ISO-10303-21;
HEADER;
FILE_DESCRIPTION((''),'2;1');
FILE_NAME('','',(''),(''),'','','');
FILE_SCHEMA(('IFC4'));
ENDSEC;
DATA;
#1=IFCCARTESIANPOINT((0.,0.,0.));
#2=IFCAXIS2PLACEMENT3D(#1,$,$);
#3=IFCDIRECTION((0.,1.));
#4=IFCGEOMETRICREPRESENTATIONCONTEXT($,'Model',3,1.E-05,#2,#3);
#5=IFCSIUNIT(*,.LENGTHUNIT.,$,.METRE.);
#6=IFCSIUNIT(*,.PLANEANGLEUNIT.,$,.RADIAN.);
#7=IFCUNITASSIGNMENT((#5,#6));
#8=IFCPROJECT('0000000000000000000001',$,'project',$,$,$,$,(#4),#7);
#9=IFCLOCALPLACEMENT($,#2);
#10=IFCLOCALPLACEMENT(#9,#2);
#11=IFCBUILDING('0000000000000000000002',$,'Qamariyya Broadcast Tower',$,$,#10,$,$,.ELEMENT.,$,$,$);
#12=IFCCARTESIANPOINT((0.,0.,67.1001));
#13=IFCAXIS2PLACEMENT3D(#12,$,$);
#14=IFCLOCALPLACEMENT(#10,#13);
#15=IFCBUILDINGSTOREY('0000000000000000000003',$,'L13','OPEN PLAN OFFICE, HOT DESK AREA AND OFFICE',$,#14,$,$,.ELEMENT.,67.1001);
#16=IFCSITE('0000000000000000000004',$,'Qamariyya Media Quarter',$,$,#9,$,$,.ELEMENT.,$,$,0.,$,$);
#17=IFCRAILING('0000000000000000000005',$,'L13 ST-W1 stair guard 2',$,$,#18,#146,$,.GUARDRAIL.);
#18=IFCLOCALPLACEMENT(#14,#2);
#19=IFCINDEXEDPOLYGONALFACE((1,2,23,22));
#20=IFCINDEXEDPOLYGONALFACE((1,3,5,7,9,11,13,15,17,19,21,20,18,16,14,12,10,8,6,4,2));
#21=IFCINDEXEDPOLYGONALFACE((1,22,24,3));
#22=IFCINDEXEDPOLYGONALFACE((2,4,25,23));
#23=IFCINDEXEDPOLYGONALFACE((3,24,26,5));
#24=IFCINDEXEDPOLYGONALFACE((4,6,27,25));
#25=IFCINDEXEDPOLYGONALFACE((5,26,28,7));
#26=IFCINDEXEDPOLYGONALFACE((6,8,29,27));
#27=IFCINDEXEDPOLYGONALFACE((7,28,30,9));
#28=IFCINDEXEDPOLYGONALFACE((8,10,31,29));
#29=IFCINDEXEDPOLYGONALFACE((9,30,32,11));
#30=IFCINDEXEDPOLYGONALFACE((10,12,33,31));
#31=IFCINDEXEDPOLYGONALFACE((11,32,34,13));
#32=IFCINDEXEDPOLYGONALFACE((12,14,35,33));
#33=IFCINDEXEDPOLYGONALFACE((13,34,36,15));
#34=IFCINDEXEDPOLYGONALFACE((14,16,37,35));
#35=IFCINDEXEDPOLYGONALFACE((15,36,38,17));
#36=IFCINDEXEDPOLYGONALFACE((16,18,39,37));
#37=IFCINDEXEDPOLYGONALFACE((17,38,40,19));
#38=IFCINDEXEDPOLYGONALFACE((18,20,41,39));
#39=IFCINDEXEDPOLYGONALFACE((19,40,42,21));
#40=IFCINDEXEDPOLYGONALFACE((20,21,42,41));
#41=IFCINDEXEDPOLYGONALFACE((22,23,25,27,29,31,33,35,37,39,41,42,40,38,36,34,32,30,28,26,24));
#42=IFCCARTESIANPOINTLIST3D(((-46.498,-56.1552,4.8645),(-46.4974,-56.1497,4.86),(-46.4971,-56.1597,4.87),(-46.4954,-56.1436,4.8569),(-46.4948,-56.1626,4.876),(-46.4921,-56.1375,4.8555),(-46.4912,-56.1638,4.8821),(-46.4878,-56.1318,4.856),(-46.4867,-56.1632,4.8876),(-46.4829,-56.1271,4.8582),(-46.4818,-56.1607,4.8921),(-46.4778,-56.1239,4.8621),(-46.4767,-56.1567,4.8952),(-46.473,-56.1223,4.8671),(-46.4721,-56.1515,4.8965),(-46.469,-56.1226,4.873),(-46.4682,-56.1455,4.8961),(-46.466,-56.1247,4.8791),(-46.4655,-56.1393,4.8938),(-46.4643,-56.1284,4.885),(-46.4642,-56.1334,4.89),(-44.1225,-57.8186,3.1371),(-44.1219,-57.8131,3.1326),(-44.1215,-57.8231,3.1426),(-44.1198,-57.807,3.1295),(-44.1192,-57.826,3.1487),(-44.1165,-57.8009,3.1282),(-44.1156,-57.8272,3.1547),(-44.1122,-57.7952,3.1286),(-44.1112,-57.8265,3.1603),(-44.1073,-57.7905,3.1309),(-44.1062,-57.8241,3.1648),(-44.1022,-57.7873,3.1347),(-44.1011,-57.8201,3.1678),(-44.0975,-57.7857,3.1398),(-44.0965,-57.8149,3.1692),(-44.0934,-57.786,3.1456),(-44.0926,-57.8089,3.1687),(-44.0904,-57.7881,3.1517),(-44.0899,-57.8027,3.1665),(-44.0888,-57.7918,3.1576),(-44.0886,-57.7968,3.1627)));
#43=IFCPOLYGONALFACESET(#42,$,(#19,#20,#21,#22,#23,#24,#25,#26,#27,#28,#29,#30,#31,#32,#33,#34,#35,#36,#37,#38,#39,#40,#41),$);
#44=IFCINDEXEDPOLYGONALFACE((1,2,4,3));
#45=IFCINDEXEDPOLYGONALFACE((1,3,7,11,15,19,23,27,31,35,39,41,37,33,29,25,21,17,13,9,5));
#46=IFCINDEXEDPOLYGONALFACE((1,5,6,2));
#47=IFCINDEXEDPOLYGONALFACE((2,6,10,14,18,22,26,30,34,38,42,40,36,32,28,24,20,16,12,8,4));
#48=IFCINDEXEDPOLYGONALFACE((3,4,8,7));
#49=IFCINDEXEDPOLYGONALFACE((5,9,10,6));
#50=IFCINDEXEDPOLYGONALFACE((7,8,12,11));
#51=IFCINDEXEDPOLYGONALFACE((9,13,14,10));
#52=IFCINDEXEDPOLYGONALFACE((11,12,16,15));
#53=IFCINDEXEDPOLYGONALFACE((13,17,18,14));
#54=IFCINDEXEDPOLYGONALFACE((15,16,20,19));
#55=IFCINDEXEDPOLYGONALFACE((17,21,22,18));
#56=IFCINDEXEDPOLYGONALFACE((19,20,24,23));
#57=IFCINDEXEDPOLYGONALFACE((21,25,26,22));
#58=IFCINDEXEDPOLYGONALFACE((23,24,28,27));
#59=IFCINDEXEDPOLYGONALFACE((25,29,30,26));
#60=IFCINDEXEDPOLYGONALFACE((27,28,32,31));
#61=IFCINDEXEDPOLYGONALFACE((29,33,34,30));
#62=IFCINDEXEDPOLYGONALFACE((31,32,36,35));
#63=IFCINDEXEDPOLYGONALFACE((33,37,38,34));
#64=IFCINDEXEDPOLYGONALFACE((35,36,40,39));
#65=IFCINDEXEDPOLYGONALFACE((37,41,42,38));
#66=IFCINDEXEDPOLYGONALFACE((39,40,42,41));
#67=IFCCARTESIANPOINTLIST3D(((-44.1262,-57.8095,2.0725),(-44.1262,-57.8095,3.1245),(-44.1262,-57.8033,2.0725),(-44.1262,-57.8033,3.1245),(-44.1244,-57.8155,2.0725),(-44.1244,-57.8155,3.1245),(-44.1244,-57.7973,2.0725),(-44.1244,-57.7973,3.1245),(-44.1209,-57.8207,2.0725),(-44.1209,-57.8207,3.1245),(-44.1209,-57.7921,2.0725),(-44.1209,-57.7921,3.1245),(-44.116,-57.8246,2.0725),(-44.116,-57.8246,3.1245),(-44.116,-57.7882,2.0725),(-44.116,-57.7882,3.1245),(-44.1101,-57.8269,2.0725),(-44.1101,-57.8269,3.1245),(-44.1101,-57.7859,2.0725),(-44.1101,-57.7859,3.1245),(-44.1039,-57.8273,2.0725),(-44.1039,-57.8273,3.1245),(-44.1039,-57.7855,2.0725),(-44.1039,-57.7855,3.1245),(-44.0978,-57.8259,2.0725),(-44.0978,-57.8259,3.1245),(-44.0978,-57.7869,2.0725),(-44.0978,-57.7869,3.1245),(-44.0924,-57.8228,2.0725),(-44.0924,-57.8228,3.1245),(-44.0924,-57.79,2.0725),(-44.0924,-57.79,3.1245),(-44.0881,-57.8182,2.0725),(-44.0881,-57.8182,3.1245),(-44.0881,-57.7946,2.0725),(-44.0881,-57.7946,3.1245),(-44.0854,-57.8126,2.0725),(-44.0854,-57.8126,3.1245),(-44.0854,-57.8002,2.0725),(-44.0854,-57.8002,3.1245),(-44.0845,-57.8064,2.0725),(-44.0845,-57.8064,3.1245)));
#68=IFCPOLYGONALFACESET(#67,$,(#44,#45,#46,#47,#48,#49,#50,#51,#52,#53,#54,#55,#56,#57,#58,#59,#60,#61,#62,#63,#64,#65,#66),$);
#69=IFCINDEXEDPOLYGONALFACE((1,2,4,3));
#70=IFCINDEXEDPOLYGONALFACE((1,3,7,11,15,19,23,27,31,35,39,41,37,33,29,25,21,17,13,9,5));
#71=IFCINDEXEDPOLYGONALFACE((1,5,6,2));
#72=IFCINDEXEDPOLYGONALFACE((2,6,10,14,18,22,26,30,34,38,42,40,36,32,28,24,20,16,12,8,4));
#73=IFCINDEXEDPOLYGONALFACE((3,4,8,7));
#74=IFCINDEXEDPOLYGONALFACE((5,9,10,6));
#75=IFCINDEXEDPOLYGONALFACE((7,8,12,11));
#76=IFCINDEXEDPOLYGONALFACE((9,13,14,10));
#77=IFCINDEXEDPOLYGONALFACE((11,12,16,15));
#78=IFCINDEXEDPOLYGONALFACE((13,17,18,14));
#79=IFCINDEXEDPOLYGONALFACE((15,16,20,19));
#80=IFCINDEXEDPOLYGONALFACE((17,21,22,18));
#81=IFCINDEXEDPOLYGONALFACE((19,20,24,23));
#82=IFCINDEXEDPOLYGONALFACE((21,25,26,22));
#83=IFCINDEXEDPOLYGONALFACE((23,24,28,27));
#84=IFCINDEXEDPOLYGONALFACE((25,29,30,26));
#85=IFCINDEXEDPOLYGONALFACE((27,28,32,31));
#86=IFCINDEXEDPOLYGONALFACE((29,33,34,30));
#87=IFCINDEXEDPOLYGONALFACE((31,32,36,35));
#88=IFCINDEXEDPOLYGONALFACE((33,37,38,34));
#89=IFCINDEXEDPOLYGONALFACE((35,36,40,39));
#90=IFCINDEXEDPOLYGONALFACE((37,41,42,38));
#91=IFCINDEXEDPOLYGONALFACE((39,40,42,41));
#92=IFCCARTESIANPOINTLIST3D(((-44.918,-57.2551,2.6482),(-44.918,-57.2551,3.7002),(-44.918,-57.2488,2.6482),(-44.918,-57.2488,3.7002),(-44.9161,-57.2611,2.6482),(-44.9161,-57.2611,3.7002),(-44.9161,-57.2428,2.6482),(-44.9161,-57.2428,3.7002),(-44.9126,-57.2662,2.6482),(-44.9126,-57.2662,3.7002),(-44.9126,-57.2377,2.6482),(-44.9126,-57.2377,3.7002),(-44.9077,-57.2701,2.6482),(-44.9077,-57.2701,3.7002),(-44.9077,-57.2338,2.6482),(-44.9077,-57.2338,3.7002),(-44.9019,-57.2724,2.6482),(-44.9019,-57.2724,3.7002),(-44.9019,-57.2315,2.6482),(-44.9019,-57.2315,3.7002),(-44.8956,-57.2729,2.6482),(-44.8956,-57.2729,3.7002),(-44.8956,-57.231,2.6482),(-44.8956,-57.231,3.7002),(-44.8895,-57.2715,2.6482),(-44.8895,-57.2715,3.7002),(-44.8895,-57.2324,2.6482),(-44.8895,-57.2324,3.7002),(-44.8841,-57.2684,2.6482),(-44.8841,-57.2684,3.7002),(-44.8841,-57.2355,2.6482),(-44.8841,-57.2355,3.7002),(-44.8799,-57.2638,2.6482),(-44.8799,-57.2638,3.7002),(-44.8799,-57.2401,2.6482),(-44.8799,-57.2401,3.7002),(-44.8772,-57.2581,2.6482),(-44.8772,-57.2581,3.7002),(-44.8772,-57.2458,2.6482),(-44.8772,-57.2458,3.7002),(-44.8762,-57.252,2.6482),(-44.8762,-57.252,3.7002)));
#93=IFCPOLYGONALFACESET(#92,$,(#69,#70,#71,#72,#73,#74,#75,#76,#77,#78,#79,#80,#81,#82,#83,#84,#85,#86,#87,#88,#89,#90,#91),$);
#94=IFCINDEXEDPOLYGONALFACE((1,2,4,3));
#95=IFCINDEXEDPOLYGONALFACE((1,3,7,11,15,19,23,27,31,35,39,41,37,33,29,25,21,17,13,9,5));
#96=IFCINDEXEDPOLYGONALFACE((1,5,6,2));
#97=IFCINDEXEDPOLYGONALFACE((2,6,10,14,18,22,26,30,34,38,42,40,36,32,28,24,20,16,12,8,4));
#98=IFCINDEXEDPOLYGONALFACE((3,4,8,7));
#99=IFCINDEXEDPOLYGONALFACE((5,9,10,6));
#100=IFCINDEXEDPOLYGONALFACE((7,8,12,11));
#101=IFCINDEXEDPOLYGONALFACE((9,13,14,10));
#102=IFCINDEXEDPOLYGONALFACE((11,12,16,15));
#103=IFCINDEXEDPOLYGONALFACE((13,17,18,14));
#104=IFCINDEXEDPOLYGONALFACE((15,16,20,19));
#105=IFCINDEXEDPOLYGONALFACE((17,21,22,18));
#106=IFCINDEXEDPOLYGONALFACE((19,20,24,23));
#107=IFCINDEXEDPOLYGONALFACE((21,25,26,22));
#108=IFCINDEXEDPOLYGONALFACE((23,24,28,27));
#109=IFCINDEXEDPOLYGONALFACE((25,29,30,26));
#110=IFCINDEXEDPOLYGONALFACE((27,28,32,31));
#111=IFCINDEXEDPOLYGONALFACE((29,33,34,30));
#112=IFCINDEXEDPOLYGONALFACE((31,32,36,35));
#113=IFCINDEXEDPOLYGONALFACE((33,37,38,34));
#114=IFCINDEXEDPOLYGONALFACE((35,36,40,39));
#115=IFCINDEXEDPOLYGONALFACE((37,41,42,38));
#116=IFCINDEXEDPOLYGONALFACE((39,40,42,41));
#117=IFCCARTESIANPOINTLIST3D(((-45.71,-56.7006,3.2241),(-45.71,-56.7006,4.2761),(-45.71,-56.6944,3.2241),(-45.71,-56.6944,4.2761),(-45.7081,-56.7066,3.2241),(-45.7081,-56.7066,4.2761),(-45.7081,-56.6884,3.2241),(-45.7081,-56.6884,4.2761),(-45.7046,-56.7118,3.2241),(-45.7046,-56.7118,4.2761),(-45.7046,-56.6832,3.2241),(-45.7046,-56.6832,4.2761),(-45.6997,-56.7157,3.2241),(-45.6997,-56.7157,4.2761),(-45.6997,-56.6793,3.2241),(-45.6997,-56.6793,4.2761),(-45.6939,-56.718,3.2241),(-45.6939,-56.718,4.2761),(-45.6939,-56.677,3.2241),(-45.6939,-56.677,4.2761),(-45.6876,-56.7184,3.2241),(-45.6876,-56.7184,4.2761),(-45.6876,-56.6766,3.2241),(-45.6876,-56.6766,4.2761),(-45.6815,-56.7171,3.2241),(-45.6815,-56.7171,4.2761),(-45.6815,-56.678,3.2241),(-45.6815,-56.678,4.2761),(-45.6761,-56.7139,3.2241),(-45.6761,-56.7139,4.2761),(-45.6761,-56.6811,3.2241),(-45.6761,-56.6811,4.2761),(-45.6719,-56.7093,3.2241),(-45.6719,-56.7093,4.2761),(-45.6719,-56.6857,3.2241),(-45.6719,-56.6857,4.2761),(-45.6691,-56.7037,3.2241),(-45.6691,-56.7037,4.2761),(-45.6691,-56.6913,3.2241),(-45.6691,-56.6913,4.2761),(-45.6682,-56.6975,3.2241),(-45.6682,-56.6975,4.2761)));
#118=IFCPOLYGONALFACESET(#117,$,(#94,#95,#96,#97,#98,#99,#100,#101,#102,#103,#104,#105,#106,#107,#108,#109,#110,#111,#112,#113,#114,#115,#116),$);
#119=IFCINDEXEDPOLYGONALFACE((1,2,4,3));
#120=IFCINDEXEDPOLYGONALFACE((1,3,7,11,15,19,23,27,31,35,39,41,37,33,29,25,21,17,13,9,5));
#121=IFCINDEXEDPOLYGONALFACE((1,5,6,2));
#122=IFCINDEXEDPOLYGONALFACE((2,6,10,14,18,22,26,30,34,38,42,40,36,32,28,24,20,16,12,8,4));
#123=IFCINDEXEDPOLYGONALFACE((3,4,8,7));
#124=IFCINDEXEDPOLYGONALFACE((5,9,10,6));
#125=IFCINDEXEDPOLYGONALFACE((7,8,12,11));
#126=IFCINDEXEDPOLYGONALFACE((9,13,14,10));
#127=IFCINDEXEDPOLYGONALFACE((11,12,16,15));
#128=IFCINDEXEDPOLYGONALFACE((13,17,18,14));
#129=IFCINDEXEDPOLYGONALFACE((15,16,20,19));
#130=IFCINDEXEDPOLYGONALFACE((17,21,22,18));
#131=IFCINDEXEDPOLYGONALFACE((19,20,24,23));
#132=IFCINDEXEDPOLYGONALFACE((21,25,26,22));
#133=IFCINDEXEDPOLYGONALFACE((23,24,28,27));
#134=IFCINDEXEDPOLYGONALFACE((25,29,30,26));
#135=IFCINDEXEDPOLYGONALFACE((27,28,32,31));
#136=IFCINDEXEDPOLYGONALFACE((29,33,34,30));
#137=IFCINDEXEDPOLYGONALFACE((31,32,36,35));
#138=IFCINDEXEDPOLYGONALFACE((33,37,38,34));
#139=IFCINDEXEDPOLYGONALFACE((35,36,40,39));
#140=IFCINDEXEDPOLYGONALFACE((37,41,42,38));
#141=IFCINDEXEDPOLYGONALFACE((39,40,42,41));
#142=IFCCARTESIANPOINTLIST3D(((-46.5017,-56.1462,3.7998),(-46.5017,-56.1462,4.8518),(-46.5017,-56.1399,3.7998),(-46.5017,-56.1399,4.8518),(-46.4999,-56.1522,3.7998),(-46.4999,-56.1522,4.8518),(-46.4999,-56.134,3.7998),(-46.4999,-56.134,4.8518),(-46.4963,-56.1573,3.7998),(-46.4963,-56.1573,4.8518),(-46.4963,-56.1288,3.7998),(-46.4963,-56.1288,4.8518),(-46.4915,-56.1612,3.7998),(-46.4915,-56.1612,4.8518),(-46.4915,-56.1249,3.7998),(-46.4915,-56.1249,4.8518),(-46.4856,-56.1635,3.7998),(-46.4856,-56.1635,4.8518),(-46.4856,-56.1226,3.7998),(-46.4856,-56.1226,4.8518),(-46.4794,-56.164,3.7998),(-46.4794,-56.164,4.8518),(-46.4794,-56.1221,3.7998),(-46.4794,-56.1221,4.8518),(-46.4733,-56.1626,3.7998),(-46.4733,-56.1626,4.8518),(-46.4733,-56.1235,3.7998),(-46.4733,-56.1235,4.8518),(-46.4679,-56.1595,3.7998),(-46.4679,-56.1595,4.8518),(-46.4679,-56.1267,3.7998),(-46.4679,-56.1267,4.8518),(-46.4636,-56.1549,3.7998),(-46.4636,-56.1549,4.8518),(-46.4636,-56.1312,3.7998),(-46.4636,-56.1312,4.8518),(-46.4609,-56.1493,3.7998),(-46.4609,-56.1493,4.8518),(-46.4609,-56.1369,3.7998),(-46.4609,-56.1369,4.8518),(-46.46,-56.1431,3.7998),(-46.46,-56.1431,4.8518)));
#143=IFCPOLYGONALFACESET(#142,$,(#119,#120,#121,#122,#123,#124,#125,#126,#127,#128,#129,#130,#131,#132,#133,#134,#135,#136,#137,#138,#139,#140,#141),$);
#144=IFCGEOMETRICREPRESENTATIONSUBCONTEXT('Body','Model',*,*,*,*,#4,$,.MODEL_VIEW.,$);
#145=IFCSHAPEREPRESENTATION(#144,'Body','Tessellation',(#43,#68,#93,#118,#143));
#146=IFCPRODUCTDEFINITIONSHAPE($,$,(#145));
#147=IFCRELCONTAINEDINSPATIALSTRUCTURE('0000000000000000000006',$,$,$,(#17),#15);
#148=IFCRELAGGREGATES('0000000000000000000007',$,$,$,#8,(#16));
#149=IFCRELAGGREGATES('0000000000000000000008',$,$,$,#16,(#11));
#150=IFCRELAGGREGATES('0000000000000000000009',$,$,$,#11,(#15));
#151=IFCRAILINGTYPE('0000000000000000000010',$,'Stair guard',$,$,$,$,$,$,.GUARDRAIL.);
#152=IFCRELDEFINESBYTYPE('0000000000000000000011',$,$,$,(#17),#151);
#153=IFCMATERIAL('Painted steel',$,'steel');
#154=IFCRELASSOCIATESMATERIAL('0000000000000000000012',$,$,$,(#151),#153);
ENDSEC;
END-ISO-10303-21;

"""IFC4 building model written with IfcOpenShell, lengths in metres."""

from ifc_helpers import new_model, si_unit, direction, frame, origin, origin_2d, place, context, subcontext, project, spatial, circle, extrude, material, type_object, element, save


model = new_model("IFC4")

# Units and contexts
model_context = context("Model", 3, precision=1e-05, world=origin(), true_north=direction((0.0, 1.0)))
body_context = subcontext(model_context, "Body", "Model", "MODEL_VIEW")
ifc_project = project(units=[si_unit("LENGTHUNIT", "METRE"), si_unit("PLANEANGLEUNIT", "RADIAN")], contexts=[model_context])

# Site, building, storey
site_placement = place(None, origin())
site = spatial("IfcSite", under=ifc_project, at=site_placement, Name="Qamariyya Media Quarter", CompositionType="ELEMENT", RefElevation=0.0)
building_placement = place(site_placement, origin())
building = spatial("IfcBuilding", under=site, at=building_placement, Name="Qamariyya Broadcast Tower", CompositionType="ELEMENT")
storey_placement = place(building_placement, frame((0.0, 0.0, 67.1001)))
storey = spatial("IfcBuildingStorey", under=building, at=storey_placement, Name="L13", Description="OPEN PLAN OFFICE, HOT DESK AREA AND OFFICE", CompositionType="ELEMENT", Elevation=67.1001)

# Railing
ifc_material_1 = material(Name="Painted steel", Category="steel")
railing_type_1 = type_object("IfcRailingType", Name="Stair guard", PredefinedType="GUARDRAIL", material=ifc_material_1)
railing_1_placement = place(storey_placement, frame((-44.1055, -57.8064, 2.0725)))
element("IfcRailing", 1, at=railing_1_placement, inside=storey, type_object=railing_type_1, Name="L13 ST-W1 stair guard 2", PredefinedType="GUARDRAIL", context=body_context, shape_type="SweptSolid", body=[
    extrude(circle(Radius=0.0239, at=origin_2d()), frame((0.0, 0.0, 1.0762), z_axis=(-0.70377, 0.492784, 0.511734), x_axis=(-0.573575, -0.819153, 0.0)), (0.0, 0.0, 1.0), 3.3755),
    extrude(circle(Radius=0.021, at=origin_2d()), origin(), (0.0, 0.0, 1.0), 1.052),
    extrude(circle(Radius=0.021, at=origin_2d()), frame((-0.7917, 0.5544, 0.5757)), (0.0, 0.0, 1.0), 1.052),
    extrude(circle(Radius=0.021, at=origin_2d()), frame((-1.5837, 1.1089, 1.1516)), (0.0, 0.0, 1.0), 1.052),
    extrude(circle(Radius=0.021, at=origin_2d()), frame((-2.3755, 1.6633, 1.7273)), (0.0, 0.0, 1.0), 1.052),
])

save(model, "model.ifc")
